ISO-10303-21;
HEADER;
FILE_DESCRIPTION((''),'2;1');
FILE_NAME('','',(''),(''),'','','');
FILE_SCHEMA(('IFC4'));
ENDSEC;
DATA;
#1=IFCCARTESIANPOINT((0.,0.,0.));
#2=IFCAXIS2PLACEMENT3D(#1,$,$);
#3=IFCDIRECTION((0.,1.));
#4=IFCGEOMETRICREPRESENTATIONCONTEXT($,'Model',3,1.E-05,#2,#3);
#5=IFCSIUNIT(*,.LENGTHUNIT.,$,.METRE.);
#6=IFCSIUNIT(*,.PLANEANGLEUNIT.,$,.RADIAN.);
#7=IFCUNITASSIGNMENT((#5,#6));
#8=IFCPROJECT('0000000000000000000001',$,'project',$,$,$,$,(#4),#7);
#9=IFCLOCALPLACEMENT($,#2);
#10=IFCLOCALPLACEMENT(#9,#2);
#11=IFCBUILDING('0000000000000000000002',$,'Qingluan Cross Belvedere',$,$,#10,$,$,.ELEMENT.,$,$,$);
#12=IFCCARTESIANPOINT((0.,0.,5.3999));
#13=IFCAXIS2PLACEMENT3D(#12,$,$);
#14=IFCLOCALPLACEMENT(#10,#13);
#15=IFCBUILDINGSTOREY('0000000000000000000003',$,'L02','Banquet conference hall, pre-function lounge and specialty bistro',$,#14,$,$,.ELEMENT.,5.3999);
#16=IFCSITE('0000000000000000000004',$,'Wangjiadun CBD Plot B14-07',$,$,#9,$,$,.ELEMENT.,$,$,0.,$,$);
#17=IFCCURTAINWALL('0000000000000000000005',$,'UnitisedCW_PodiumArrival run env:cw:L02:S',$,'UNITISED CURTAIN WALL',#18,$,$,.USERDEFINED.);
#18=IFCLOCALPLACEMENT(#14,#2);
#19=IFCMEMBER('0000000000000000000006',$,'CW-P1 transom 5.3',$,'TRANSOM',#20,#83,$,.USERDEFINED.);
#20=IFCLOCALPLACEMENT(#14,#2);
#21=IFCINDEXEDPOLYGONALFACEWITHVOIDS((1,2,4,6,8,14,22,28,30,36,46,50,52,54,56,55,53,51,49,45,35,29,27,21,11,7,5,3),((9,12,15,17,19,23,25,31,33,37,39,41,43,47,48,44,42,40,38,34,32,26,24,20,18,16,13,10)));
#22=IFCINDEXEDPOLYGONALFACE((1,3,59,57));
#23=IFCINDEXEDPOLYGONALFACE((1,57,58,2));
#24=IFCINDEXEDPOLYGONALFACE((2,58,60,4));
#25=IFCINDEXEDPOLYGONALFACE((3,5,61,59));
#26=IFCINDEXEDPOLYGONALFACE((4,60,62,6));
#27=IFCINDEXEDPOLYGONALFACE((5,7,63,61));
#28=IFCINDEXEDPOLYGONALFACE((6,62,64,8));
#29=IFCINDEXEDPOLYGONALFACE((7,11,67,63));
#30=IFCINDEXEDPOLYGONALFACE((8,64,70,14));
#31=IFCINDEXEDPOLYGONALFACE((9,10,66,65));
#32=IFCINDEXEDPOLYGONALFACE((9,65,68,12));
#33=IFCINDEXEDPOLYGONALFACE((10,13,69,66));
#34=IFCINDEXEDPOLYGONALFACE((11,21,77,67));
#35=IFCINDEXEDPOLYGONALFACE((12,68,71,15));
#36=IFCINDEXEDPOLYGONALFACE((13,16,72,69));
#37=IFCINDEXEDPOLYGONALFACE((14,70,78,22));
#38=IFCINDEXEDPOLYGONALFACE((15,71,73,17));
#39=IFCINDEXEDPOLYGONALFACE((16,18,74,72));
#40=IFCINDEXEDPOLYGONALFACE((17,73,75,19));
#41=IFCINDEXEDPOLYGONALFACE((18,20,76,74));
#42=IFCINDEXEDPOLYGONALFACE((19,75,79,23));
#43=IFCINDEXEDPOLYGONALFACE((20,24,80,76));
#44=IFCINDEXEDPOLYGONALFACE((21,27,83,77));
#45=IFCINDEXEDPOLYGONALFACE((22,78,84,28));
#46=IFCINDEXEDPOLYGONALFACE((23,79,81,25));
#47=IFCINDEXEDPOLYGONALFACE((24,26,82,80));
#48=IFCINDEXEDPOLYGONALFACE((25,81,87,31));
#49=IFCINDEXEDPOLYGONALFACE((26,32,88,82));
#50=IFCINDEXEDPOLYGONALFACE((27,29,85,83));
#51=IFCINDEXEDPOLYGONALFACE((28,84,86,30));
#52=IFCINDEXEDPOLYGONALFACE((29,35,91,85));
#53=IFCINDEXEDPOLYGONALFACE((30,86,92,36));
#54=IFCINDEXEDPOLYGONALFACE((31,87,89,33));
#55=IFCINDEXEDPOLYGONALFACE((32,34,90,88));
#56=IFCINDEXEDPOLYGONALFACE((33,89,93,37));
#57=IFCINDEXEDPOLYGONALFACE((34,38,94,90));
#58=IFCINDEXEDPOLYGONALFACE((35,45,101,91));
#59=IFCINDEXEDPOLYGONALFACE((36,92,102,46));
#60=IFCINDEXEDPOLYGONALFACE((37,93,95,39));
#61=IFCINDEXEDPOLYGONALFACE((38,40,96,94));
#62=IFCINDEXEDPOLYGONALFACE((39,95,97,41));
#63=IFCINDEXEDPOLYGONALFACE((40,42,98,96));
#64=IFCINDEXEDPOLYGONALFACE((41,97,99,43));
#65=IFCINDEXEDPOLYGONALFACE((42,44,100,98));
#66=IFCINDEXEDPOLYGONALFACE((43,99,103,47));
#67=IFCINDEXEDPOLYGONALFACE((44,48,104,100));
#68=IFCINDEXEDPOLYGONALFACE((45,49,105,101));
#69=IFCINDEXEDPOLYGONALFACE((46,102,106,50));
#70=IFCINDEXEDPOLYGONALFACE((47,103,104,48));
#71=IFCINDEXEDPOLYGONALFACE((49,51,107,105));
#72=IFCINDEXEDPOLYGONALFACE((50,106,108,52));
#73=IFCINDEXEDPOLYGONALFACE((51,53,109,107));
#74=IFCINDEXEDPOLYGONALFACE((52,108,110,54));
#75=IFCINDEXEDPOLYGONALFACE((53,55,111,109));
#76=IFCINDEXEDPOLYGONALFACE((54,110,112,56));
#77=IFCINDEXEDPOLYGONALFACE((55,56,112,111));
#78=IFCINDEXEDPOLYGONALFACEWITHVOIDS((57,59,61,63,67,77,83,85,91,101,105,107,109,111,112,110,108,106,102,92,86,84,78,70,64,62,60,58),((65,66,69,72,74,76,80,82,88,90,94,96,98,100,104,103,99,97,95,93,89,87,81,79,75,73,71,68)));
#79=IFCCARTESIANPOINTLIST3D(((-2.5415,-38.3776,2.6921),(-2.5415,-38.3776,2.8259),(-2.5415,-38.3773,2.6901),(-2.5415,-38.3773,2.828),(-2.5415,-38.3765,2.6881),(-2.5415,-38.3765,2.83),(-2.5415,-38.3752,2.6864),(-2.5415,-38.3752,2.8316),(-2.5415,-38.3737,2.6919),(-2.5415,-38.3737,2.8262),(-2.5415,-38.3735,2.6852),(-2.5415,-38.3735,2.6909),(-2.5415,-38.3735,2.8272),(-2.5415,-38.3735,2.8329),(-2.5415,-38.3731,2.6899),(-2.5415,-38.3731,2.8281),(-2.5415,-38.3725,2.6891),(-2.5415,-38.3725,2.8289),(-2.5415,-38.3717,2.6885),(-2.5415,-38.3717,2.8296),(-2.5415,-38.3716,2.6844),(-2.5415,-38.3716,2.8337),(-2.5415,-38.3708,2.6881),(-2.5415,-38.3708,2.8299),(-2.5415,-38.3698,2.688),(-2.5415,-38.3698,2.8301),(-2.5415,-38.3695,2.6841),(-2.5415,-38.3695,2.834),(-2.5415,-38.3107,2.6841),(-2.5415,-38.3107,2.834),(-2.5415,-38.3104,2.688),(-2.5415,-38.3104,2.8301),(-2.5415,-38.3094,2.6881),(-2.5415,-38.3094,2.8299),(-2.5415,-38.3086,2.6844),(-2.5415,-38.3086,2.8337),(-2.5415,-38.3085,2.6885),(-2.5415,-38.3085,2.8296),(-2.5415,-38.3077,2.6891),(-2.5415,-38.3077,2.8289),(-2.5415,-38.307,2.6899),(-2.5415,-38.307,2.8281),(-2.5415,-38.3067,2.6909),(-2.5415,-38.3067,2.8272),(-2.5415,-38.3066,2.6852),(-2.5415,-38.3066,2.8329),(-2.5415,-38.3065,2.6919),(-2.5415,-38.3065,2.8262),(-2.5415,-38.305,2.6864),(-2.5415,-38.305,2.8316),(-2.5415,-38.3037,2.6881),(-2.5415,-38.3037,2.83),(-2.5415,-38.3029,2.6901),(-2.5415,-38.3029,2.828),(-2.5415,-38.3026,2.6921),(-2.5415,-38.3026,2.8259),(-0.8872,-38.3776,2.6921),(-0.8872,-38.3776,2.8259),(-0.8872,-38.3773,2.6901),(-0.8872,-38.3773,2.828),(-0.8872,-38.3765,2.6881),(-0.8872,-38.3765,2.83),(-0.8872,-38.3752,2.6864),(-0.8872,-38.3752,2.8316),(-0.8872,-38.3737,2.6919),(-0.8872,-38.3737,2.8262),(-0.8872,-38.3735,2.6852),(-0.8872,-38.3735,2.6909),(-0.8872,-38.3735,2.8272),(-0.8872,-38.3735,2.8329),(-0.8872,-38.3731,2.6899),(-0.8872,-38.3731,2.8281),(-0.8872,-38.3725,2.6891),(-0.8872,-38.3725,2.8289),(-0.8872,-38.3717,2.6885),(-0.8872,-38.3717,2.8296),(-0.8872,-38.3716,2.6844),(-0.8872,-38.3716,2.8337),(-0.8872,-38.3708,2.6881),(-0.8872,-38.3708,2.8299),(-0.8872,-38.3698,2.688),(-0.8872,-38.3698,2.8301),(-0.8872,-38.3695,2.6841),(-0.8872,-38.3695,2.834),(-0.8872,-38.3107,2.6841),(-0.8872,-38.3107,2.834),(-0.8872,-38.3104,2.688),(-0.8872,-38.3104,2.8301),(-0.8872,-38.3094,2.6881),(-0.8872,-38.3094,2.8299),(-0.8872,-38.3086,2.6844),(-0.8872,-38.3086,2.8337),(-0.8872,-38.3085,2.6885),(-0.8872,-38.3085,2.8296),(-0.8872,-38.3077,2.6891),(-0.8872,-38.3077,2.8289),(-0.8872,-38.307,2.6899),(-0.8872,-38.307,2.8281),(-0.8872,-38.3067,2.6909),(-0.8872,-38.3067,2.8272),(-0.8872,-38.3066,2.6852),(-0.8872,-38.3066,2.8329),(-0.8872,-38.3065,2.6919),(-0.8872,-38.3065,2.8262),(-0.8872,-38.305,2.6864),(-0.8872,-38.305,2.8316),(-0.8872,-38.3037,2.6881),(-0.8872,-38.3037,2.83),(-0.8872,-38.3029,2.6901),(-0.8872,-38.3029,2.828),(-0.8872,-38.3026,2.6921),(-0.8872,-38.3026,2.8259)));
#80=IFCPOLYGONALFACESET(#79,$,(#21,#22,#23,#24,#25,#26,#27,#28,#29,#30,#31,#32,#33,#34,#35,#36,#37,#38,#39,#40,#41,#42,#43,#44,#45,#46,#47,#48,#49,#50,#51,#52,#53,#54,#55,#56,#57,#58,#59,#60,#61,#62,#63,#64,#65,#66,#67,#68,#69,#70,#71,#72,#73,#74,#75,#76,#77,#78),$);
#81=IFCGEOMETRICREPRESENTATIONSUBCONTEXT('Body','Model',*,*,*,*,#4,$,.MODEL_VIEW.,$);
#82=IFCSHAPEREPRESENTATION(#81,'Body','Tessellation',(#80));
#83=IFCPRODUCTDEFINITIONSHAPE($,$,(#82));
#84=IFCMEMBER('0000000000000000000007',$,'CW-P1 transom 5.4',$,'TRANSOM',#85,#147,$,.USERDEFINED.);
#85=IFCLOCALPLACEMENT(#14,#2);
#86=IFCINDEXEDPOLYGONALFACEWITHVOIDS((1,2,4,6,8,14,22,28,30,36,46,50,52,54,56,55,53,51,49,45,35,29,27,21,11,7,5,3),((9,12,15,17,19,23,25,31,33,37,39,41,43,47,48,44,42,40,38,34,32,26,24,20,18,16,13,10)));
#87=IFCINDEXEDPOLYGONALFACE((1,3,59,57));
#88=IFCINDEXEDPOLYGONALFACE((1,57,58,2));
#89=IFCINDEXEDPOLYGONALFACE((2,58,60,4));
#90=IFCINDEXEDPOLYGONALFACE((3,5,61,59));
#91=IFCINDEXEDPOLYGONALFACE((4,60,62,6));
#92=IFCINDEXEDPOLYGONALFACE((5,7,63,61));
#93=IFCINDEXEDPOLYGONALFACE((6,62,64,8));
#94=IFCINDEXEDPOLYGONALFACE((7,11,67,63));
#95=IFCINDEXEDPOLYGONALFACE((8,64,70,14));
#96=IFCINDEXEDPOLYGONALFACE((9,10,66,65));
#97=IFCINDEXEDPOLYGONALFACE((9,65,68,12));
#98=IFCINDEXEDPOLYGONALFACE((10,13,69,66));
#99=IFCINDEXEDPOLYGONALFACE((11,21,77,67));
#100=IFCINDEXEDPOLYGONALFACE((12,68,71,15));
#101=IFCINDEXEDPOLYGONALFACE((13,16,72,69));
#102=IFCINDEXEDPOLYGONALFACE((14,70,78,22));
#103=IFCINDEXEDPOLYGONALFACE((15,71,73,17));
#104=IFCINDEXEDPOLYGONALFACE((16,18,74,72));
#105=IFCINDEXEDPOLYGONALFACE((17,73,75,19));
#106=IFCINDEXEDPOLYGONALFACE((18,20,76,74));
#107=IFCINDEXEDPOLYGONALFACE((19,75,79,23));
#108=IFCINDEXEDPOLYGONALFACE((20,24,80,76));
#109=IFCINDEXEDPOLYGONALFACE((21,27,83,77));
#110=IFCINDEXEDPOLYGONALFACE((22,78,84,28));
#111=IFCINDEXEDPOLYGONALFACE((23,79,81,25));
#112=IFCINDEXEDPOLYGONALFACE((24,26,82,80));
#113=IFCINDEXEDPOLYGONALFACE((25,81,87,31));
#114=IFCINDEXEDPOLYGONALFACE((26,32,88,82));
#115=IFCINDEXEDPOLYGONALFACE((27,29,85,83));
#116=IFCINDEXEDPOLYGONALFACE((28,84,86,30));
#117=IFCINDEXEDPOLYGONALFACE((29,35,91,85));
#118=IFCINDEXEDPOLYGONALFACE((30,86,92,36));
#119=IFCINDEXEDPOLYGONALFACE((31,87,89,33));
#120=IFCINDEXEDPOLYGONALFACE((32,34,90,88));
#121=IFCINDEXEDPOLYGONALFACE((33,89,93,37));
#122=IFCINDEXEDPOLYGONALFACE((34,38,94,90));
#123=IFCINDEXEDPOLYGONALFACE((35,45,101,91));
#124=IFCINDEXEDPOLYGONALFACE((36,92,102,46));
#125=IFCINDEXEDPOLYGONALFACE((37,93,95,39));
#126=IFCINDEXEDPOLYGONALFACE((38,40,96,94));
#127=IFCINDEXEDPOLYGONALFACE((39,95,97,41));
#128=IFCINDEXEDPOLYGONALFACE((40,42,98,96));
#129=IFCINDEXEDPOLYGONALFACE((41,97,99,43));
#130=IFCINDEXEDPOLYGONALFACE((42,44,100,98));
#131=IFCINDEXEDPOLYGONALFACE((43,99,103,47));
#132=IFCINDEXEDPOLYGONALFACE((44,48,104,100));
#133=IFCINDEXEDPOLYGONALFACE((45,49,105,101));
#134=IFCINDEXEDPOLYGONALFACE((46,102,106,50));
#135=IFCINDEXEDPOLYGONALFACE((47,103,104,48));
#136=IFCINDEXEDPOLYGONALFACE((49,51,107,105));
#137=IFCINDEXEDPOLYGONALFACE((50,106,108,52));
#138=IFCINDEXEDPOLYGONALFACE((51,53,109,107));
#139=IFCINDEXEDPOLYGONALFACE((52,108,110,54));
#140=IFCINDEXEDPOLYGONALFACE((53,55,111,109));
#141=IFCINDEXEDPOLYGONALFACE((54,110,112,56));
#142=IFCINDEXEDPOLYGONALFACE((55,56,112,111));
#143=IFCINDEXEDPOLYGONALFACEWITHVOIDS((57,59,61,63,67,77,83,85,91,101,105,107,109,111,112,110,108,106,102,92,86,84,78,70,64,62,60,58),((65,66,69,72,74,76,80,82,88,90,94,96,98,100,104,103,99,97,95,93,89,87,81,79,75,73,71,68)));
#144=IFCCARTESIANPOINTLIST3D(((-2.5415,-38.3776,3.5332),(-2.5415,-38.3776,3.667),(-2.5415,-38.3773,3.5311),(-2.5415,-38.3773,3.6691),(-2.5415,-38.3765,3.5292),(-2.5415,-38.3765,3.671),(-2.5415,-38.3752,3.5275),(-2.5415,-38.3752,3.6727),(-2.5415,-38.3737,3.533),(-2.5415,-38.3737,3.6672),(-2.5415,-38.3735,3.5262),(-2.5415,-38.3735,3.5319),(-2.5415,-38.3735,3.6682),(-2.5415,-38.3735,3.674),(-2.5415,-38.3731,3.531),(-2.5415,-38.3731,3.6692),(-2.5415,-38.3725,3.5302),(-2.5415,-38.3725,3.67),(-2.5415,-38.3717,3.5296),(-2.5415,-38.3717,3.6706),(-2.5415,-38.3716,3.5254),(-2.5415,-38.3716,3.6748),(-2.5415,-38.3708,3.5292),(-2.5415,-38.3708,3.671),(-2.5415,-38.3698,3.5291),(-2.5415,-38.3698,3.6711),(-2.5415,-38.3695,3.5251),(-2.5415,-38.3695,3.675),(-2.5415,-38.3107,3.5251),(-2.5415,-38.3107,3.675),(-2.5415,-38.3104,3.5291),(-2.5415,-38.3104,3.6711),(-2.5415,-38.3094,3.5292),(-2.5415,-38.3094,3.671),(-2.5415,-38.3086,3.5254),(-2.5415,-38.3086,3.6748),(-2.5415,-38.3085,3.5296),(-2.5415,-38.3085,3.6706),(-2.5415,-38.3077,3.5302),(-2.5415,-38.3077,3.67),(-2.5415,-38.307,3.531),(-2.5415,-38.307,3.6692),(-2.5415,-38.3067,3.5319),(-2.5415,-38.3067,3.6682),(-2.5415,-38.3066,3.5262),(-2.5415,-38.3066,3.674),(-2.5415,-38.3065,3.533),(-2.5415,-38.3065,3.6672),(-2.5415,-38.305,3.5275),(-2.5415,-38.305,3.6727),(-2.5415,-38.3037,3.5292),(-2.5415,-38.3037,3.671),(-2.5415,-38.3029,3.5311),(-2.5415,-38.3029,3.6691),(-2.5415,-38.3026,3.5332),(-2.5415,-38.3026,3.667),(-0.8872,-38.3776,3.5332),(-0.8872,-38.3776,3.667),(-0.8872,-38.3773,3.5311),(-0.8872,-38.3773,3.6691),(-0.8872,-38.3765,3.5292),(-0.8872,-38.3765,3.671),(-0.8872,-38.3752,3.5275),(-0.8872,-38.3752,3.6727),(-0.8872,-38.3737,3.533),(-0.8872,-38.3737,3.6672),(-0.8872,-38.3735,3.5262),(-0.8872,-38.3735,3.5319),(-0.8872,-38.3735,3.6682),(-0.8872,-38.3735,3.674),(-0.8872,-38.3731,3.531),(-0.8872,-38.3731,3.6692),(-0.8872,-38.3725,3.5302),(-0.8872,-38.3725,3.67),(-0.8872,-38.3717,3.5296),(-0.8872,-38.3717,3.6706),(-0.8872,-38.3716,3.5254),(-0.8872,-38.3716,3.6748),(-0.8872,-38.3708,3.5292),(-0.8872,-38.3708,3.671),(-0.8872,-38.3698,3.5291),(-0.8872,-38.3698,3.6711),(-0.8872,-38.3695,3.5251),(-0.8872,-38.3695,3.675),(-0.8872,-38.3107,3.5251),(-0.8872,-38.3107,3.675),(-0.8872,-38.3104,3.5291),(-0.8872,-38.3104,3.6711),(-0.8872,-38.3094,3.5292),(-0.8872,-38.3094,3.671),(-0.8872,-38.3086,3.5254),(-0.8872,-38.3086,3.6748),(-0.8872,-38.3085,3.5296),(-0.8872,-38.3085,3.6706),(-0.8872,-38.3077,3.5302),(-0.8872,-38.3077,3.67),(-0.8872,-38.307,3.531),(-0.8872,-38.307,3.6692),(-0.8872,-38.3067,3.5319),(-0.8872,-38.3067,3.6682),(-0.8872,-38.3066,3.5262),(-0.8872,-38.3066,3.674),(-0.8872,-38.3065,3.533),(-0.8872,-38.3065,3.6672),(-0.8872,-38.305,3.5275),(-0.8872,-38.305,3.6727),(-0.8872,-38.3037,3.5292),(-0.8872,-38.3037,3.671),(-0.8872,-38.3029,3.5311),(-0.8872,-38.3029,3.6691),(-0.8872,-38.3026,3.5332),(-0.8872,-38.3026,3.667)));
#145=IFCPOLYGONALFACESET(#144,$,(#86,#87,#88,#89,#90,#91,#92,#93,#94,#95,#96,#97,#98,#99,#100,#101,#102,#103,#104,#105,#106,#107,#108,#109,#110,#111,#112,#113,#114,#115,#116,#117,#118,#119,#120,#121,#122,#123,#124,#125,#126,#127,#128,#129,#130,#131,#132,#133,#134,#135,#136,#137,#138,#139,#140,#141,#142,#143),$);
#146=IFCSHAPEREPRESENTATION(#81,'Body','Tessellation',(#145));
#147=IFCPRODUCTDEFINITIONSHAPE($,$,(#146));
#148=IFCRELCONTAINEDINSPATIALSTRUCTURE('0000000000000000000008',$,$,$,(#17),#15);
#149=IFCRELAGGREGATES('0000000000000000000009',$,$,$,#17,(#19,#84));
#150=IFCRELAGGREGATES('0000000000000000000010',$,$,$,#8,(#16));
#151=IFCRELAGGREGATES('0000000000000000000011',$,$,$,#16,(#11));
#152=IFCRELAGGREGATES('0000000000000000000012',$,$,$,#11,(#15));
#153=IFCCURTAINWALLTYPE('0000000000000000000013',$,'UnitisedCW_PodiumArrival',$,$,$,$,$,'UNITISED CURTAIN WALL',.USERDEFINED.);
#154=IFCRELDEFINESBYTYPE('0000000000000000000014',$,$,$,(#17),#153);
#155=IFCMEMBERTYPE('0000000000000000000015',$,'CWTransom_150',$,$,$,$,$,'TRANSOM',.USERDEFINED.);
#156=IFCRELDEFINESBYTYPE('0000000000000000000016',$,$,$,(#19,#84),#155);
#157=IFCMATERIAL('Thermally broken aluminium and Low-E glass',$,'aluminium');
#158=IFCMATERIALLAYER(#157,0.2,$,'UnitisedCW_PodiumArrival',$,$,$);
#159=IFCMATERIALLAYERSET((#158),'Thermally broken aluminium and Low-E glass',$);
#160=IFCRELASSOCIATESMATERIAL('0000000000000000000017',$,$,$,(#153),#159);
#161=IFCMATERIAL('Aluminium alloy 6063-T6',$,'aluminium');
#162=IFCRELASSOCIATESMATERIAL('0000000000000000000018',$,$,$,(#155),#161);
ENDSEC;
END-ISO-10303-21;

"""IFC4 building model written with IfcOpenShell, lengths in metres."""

from ifc_helpers import new_model, si_unit, direction, frame, origin, origin_2d, place, context, subcontext, project, spatial, hollow_rectangle, extrude, material, layer, layer_set, material_profile, profile_set, type_object, element, aggregate, save


model = new_model("IFC4")

# Units and contexts
model_context = context("Model", 3, precision=1e-05, world=origin(), true_north=direction((0.0, 1.0)))
body_context = subcontext(model_context, "Body", "Model", "MODEL_VIEW")
ifc_project = project(units=[si_unit("LENGTHUNIT", "METRE"), si_unit("PLANEANGLEUNIT", "RADIAN")], contexts=[model_context])

# Site, building, storey
site_placement = place(None, origin())
site = spatial("IfcSite", under=ifc_project, at=site_placement, Name="Wangjiadun CBD Plot B14-07", CompositionType="ELEMENT", RefElevation=0.0)
building_placement = place(site_placement, origin())
building = spatial("IfcBuilding", under=site, at=building_placement, Name="Qingluan Cross Belvedere", CompositionType="ELEMENT")
storey_placement = place(building_placement, frame((0.0, 0.0, 5.3999)))
storey = spatial("IfcBuildingStorey", under=building, at=storey_placement, Name="L02", Description="Banquet conference hall, pre-function lounge and specialty bistro", CompositionType="ELEMENT", Elevation=5.3999)

# Curtain wall, members
ifc_material_1 = material(Name="Thermally broken aluminium and Low-E glass", Category="aluminium")
ifc_layer_1 = layer(ifc_material_1, 0.2, Name="UnitisedCW_PodiumArrival")
ifc_layer_set_1 = layer_set([ifc_layer_1], Name="Thermally broken aluminium and Low-E glass")
curtain_wall_type = type_object("IfcCurtainWallType", Name="UnitisedCW_PodiumArrival", ElementType="UNITISED CURTAIN WALL", PredefinedType="USERDEFINED", material=ifc_layer_set_1)
curtain_wall_placement = place(storey_placement, origin())
curtain_wall = element("IfcCurtainWall", 1, at=curtain_wall_placement, inside=storey, type_object=curtain_wall_type, Name="UnitisedCW_PodiumArrival run env:cw:L02:S", ObjectType="UNITISED CURTAIN WALL", PredefinedType="USERDEFINED")
ifc_material_2 = material(Name="Aluminium alloy 6063-T6", Category="aluminium")
ifc_material_profile_1 = material_profile(ifc_material_2, hollow_rectangle(XDim=0.075, YDim=0.1499, WallThickness=0.0039, InnerFilletRadius=0.0039, OuterFilletRadius=0.0081, at=origin_2d()), Name="CWT150x75x4")
ifc_profile_set_1 = profile_set([ifc_material_profile_1], Name="Aluminium alloy 6063-T6")
member_type_1 = type_object("IfcMemberType", Name="CWTransom_150", ElementType="TRANSOM", PredefinedType="USERDEFINED", material=ifc_profile_set_1)
member_1_placement = place(storey_placement, frame((-0.8872, -38.3401, 2.759), z_axis=(-1.0, 0.0, 0.0), x_axis=(0.0, -1.0, 0.0)))
member_1 = element("IfcMember", 2, at=member_1_placement, type_object=member_type_1, Name="CW-P1 transom 5.3", ObjectType="TRANSOM", PredefinedType="USERDEFINED", context=body_context, shape_type="SweptSolid", body=[
    extrude(hollow_rectangle(XDim=0.075, YDim=0.1499, WallThickness=0.0039, InnerFilletRadius=0.0039, OuterFilletRadius=0.0081, at=origin_2d()), origin(), (0.0, 0.0, 1.0), 1.6543),
])
member_2_placement = place(storey_placement, frame((-0.8872, -38.3401, 3.6001), z_axis=(-1.0, 0.0, 0.0), x_axis=(0.0, -1.0, 0.0)))
member_2 = element("IfcMember", 3, at=member_2_placement, type_object=member_type_1, Name="CW-P1 transom 5.4", ObjectType="TRANSOM", PredefinedType="USERDEFINED", context=body_context, shape_type="SweptSolid", body=[
    extrude(hollow_rectangle(XDim=0.075, YDim=0.1499, WallThickness=0.0039, InnerFilletRadius=0.0039, OuterFilletRadius=0.0081, at=origin_2d()), origin(), (0.0, 0.0, 1.0), 1.6543),
])

aggregate(curtain_wall, [member_1, member_2])

save(model, "model.ifc")
